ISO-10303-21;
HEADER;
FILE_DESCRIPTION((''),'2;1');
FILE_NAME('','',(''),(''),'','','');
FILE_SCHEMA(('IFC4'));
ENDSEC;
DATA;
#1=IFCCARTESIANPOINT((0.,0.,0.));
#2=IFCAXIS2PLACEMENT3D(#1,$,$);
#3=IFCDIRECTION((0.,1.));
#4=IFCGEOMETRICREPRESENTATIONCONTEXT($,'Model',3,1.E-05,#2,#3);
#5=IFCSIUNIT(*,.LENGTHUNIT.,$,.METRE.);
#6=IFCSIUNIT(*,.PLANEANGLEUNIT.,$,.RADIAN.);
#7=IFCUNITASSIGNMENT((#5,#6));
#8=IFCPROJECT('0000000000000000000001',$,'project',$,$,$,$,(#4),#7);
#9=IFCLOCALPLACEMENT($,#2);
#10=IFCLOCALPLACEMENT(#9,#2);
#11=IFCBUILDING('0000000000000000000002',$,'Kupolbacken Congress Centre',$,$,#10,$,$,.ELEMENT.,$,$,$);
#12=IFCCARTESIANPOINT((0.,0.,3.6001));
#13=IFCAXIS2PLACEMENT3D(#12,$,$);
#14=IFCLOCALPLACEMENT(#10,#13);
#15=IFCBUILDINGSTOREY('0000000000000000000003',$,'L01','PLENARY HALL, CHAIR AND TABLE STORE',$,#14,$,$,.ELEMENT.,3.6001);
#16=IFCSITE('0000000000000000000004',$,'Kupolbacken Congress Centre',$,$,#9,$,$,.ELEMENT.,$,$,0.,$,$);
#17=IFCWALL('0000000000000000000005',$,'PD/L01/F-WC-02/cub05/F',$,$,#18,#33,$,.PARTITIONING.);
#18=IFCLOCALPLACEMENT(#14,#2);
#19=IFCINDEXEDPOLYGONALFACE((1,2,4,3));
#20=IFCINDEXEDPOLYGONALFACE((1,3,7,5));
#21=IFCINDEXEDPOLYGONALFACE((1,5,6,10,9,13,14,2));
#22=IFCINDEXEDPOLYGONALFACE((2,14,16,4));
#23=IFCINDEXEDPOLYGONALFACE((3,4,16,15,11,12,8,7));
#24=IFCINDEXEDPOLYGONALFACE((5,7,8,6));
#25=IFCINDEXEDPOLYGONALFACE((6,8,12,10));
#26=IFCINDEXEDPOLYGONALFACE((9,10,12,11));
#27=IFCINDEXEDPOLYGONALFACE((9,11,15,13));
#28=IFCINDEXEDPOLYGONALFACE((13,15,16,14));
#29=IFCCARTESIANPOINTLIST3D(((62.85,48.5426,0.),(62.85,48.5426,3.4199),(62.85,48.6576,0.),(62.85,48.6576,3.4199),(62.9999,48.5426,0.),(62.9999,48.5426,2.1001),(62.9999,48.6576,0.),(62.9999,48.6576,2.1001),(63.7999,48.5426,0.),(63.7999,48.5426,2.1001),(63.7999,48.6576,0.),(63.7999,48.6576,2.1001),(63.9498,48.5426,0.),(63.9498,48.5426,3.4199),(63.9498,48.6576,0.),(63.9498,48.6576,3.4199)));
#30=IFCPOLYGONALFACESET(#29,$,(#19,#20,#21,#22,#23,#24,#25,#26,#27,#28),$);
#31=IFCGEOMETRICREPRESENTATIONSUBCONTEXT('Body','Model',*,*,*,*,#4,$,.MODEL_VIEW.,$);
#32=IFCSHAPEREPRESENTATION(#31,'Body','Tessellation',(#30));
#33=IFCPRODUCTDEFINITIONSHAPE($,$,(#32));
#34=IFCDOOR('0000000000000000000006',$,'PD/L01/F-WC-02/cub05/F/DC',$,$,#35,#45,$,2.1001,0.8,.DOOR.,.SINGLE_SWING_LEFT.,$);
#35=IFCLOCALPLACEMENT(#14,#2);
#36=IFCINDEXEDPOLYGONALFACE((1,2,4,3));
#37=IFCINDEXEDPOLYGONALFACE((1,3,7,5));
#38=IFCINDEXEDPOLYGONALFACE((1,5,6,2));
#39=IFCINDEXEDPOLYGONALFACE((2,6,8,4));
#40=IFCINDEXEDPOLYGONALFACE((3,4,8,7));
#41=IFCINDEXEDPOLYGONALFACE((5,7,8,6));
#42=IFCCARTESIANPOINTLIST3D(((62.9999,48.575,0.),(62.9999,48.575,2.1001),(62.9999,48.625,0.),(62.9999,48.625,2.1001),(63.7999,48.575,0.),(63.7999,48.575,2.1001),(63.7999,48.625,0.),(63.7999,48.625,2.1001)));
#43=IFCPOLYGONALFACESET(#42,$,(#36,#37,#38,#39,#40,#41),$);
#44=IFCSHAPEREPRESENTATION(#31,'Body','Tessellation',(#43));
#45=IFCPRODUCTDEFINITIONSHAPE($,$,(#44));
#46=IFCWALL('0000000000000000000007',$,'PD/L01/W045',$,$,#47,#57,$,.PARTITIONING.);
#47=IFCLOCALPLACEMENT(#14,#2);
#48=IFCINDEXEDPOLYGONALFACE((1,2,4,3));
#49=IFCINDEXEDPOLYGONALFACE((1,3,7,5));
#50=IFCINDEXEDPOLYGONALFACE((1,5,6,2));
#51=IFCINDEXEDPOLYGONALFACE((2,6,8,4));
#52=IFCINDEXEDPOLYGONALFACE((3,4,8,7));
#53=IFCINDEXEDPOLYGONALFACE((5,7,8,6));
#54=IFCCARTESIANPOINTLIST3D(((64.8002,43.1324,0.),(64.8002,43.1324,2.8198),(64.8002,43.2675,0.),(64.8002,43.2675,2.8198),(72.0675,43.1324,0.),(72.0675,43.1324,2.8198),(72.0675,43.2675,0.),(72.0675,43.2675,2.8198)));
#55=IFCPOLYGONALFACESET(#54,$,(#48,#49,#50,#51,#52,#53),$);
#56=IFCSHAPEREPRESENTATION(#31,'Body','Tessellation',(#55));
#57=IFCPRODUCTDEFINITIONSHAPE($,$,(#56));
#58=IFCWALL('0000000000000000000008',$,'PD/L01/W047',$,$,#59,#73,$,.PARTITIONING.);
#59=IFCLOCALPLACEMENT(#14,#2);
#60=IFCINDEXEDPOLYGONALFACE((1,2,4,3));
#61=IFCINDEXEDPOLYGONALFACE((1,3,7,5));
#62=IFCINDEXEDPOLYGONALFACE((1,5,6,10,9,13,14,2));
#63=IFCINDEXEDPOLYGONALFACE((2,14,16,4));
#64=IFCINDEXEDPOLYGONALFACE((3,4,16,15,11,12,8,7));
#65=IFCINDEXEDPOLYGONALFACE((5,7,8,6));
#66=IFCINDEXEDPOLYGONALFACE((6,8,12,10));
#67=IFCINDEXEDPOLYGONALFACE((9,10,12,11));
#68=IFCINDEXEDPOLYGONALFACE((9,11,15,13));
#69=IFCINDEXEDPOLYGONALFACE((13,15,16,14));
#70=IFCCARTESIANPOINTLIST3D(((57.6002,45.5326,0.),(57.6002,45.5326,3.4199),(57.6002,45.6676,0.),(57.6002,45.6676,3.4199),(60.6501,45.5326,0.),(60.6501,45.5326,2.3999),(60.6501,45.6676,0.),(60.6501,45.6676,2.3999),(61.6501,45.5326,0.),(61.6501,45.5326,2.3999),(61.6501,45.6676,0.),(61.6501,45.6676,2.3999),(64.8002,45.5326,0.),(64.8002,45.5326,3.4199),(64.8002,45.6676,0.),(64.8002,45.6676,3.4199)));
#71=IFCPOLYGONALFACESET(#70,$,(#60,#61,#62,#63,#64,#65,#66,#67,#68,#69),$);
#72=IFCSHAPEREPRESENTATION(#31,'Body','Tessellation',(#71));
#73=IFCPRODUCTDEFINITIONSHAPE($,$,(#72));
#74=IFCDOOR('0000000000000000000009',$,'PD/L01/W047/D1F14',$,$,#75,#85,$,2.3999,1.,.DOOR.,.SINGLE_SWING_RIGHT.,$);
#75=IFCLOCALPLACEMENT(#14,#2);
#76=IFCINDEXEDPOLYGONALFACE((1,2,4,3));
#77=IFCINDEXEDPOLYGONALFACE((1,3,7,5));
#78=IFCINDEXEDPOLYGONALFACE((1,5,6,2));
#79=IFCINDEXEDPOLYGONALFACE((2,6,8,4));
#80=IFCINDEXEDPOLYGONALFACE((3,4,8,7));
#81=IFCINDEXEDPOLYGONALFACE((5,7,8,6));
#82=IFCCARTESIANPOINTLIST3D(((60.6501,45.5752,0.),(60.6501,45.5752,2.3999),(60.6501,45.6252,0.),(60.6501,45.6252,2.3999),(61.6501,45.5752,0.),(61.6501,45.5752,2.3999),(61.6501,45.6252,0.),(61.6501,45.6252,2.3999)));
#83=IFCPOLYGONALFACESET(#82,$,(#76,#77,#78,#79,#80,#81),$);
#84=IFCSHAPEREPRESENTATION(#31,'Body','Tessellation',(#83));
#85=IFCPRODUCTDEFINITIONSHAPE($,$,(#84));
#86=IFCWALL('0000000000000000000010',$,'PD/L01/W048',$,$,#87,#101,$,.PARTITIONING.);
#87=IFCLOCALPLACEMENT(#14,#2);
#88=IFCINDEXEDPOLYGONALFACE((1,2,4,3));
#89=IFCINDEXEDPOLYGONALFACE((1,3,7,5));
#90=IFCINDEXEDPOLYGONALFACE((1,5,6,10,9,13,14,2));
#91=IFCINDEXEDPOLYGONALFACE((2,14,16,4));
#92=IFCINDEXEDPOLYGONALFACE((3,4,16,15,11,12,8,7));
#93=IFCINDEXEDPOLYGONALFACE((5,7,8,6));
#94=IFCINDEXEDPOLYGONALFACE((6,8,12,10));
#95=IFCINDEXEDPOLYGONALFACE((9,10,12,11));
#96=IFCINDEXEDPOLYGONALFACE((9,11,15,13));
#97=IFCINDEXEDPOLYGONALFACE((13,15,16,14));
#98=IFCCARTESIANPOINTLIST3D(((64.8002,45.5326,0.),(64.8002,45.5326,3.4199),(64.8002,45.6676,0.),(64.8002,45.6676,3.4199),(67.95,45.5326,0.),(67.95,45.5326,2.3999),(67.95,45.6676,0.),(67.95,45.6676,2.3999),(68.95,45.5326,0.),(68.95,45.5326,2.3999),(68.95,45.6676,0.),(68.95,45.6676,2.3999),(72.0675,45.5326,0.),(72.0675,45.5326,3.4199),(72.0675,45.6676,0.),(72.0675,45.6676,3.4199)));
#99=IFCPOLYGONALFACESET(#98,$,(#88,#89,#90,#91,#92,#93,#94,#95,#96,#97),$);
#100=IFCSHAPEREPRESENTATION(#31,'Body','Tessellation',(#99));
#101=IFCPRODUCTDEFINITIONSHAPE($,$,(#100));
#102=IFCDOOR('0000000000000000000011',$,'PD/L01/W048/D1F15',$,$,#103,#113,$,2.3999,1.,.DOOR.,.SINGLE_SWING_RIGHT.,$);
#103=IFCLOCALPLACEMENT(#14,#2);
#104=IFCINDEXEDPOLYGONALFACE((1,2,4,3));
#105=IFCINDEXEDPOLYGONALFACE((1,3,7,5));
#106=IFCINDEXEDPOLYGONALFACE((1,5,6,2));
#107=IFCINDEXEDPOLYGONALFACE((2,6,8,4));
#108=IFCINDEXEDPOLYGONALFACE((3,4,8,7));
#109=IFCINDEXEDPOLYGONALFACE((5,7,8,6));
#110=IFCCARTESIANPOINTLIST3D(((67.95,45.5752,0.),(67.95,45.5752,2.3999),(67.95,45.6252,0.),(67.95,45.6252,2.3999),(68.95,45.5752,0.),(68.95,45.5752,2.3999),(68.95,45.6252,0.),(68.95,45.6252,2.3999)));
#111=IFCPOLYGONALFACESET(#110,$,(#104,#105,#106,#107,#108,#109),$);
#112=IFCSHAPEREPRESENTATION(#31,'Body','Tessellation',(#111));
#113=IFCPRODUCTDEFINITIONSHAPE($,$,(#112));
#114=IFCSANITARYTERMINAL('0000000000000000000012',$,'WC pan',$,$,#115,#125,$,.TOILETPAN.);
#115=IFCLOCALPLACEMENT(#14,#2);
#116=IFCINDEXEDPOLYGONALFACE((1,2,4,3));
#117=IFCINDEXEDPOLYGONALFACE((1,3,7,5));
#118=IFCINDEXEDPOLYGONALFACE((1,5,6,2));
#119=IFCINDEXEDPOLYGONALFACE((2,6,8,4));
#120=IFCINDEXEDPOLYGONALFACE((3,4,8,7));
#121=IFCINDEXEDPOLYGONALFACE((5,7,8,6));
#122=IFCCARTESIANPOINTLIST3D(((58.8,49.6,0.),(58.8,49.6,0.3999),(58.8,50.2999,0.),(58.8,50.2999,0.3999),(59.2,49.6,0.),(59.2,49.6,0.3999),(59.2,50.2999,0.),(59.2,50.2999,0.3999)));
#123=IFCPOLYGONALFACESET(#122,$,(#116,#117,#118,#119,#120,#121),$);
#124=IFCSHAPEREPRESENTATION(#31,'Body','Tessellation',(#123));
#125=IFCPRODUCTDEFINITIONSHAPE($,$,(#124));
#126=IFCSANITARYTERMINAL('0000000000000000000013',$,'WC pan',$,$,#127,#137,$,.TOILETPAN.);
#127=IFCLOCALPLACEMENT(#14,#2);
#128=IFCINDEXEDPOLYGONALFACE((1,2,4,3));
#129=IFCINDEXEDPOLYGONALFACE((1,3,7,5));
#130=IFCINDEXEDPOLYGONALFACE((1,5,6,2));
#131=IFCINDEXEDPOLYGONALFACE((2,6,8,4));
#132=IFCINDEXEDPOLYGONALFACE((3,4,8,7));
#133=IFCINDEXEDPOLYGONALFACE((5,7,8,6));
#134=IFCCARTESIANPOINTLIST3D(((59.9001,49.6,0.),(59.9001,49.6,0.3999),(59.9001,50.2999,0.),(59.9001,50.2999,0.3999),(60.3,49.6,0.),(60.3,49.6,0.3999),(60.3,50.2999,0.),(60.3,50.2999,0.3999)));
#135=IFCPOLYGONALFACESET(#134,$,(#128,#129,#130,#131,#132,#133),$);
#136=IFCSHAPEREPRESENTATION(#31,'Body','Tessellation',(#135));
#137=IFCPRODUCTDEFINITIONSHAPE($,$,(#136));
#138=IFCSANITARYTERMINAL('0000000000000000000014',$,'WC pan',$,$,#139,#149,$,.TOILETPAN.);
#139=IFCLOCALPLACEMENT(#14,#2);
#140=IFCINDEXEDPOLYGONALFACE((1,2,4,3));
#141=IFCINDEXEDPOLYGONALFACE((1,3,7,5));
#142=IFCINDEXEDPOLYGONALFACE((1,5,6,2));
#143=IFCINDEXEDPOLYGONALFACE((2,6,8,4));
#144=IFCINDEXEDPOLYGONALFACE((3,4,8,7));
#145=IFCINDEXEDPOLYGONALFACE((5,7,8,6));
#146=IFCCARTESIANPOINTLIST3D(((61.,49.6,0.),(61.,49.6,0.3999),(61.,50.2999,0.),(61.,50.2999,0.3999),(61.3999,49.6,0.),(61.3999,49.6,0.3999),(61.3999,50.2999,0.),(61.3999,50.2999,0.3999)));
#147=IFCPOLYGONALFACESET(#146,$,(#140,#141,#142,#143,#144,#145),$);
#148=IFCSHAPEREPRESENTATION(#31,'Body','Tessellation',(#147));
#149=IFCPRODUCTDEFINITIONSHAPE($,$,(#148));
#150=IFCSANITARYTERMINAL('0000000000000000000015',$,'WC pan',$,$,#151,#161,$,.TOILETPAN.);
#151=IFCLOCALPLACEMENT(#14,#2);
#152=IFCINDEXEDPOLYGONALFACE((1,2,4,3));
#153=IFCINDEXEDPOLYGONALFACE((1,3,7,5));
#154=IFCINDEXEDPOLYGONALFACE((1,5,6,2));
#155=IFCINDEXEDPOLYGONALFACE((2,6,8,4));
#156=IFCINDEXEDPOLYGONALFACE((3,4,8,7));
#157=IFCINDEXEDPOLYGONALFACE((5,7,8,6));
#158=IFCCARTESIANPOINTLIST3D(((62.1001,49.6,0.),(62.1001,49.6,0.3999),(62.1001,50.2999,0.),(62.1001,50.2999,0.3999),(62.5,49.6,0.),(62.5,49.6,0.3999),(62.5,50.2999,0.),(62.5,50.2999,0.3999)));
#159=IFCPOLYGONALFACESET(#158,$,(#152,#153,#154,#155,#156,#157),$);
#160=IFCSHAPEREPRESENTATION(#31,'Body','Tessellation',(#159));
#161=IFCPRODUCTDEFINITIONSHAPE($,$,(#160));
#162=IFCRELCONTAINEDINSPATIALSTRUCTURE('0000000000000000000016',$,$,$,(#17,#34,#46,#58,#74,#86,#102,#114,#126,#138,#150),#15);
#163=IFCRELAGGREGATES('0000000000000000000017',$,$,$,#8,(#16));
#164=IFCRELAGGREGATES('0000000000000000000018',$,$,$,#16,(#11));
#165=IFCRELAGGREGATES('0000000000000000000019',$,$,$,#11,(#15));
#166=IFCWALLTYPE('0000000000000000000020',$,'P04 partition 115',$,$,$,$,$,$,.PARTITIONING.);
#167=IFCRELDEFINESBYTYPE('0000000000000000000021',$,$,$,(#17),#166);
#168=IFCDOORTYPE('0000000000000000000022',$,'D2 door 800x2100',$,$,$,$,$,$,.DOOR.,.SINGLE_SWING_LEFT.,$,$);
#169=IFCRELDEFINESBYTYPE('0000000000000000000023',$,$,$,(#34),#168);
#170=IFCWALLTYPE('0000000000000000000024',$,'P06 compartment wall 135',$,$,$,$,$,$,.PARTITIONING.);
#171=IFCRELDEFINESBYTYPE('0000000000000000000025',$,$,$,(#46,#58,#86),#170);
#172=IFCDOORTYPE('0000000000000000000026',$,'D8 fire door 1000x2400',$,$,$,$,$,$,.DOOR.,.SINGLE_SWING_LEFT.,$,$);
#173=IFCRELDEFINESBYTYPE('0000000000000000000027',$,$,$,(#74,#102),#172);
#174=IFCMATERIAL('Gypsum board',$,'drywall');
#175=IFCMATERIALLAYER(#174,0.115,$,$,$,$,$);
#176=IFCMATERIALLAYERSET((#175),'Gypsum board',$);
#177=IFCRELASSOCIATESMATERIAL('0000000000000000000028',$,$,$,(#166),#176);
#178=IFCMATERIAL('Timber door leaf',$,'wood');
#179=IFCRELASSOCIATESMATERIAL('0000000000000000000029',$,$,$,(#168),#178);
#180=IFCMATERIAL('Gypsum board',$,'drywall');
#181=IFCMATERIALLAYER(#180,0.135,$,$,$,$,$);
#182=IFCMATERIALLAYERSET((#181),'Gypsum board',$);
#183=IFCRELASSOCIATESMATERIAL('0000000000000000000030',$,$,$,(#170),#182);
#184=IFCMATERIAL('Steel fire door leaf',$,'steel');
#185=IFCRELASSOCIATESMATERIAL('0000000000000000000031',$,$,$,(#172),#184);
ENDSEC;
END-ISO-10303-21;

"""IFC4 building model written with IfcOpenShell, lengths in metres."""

from ifc_helpers import new_model, si_unit, direction, frame, frame_2d, origin, origin_2d, place, context, subcontext, project, spatial, rectangle, extrude, material, layer, layer_set, type_object, element, fill, save


model = new_model("IFC4")

# Units and contexts
model_context = context("Model", 3, precision=1e-05, world=origin(), true_north=direction((0.0, 1.0)))
body_context = subcontext(model_context, "Body", "Model", "MODEL_VIEW")
ifc_project = project(units=[si_unit("LENGTHUNIT", "METRE"), si_unit("PLANEANGLEUNIT", "RADIAN")], contexts=[model_context])

# Site, building, storey
site_placement = place(None, origin())
site = spatial("IfcSite", under=ifc_project, at=site_placement, Name="Kupolbacken Congress Centre", CompositionType="ELEMENT", RefElevation=0.0)
building_placement = place(site_placement, origin())
building = spatial("IfcBuilding", under=site, at=building_placement, Name="Kupolbacken Congress Centre", CompositionType="ELEMENT")
storey_placement = place(building_placement, frame((0.0, 0.0, 3.6001)))
storey = spatial("IfcBuildingStorey", under=building, at=storey_placement, Name="L01", Description="PLENARY HALL, CHAIR AND TABLE STORE", CompositionType="ELEMENT", Elevation=3.6001)

# Wall, opening, door
ifc_material_1 = material(Name="Gypsum board", Category="drywall")
ifc_layer_1 = layer(ifc_material_1, 0.115)
ifc_layer_set_1 = layer_set([ifc_layer_1], Name="Gypsum board")
wall_type_1 = type_object("IfcWallType", Name="P04 partition 115", PredefinedType="PARTITIONING", material=ifc_layer_set_1)
ifc_material_2 = material(Name="Timber door leaf", Category="wood")
door_type_1 = type_object("IfcDoorType", Name="D2 door 800x2100", OperationType="SINGLE_SWING_LEFT", PredefinedType="DOOR", material=ifc_material_2)
wall_1_placement = place(storey_placement, frame((62.8501, 48.6001, 0.0), z_axis=(0.0, 0.0, 1.0), x_axis=(1.0, 0.0, 0.0)))
wall_1 = element("IfcWall", 1, at=wall_1_placement, inside=storey, type_object=wall_type_1, Name="PD/L01/F-WC-02/cub05/F", PredefinedType="PARTITIONING", context=body_context, shape_type="SweptSolid", body=[
    extrude(rectangle(XDim=1.0999, YDim=0.115, at=frame_2d((0.5498, 0.0))), origin(), (0.0, 0.0, 1.0), 3.4199),
])
opening_1_placement = place(wall_1_placement, frame((0.1499, 0.0, 0.0)))
opening_1 = element("IfcOpeningElement", 2, at=opening_1_placement, cuts=wall_1, PredefinedType="OPENING", context=body_context, shape_type="SweptSolid", body=[
    extrude(rectangle(XDim=0.8, YDim=2.1001, at=frame_2d((0.3999, 1.05))), frame((0.0, 0.0674, 0.0), z_axis=(0.0, -1.0, 0.0), x_axis=(1.0, 0.0, 0.0)), (0.0, 0.0, 1.0), 0.135),
])
door_1_placement = place(opening_1_placement, origin())
door_1 = element("IfcDoor", 3, at=door_1_placement, inside=storey, type_object=door_type_1, Name="PD/L01/F-WC-02/cub05/F/DC", OperationType="SINGLE_SWING_LEFT", OverallHeight=2.1001, OverallWidth=0.8, PredefinedType="DOOR", context=body_context, shape_type="SweptSolid", body=[
    extrude(rectangle(XDim=0.8, YDim=2.1001, at=frame_2d((0.3999, 1.05))), frame((0.0, 0.0249, 0.0), z_axis=(0.0, -1.0, 0.0), x_axis=(1.0, 0.0, 0.0)), (0.0, 0.0, 1.0), 0.05),
])
fill(opening_1, door_1)

# Wall
ifc_material_3 = material(Name="Gypsum board", Category="drywall")
ifc_layer_2 = layer(ifc_material_3, 0.135)
ifc_layer_set_2 = layer_set([ifc_layer_2], Name="Gypsum board")
wall_type_2 = type_object("IfcWallType", Name="P06 compartment wall 135", PredefinedType="PARTITIONING", material=ifc_layer_set_2)
wall_2_placement = place(storey_placement, frame((64.8, 43.2, 0.0), z_axis=(0.0, 0.0, 1.0), x_axis=(1.0, 0.0, 0.0)))
element("IfcWall", 4, at=wall_2_placement, inside=storey, type_object=wall_type_2, Name="PD/L01/W045", PredefinedType="PARTITIONING", context=body_context, shape_type="SweptSolid", body=[
    extrude(rectangle(XDim=7.2673, YDim=0.135, at=frame_2d((3.6338, 0.0))), origin(), (0.0, 0.0, 1.0), 2.8198),
])

# Walls, openings, doors
wall_3_placement = place(storey_placement, frame((57.6001, 45.6001, 0.0), z_axis=(0.0, 0.0, 1.0), x_axis=(1.0, 0.0, 0.0)))
wall_3 = element("IfcWall", 5, at=wall_3_placement, inside=storey, type_object=wall_type_2, Name="PD/L01/W047", PredefinedType="PARTITIONING", context=body_context, shape_type="SweptSolid", body=[
    extrude(rectangle(XDim=7.2, YDim=0.135, at=frame_2d((3.6001, 0.0))), origin(), (0.0, 0.0, 1.0), 3.4199),
])
opening_2_placement = place(wall_3_placement, frame((3.05, 0.0, 0.0)))
opening_2 = element("IfcOpeningElement", 6, at=opening_2_placement, cuts=wall_3, PredefinedType="OPENING", context=body_context, shape_type="SweptSolid", body=[
    extrude(rectangle(XDim=1.0, YDim=2.3999, at=frame_2d((0.5, 1.2))), frame((0.0, 0.0774, 0.0), z_axis=(0.0, -1.0, 0.0), x_axis=(1.0, 0.0, 0.0)), (0.0, 0.0, 1.0), 0.155),
])
ifc_material_4 = material(Name="Steel fire door leaf", Category="steel")
door_type_2 = type_object("IfcDoorType", Name="D8 fire door 1000x2400", OperationType="SINGLE_SWING_LEFT", PredefinedType="DOOR", material=ifc_material_4)
door_2_placement = place(opening_2_placement, frame((1.0, 0.0, 0.0), z_axis=(0.0, 0.0, 1.0), x_axis=(-1.0, 0.0, 0.0)))
door_2 = element("IfcDoor", 7, at=door_2_placement, inside=storey, type_object=door_type_2, Name="PD/L01/W047/D1F14", OperationType="SINGLE_SWING_RIGHT", OverallHeight=2.3999, OverallWidth=1.0, PredefinedType="DOOR", context=body_context, shape_type="SweptSolid", body=[
    extrude(rectangle(XDim=1.0, YDim=2.3999, at=frame_2d((0.5, 1.2))), frame((0.0, 0.0249, 0.0), z_axis=(0.0, -1.0, 0.0), x_axis=(1.0, 0.0, 0.0)), (0.0, 0.0, 1.0), 0.05),
])
fill(opening_2, door_2)
wall_4_placement = place(storey_placement, frame((64.8, 45.6001, 0.0), z_axis=(0.0, 0.0, 1.0), x_axis=(1.0, 0.0, 0.0)))
wall_4 = element("IfcWall", 8, at=wall_4_placement, inside=storey, type_object=wall_type_2, Name="PD/L01/W048", PredefinedType="PARTITIONING", context=body_context, shape_type="SweptSolid", body=[
    extrude(rectangle(XDim=7.2673, YDim=0.135, at=frame_2d((3.6338, 0.0))), origin(), (0.0, 0.0, 1.0), 3.4199),
])
opening_3_placement = place(wall_4_placement, frame((3.1499, 0.0, 0.0)))
opening_3 = element("IfcOpeningElement", 9, at=opening_3_placement, cuts=wall_4, PredefinedType="OPENING", context=body_context, shape_type="SweptSolid", body=[
    extrude(rectangle(XDim=1.0, YDim=2.3999, at=frame_2d((0.5, 1.2))), frame((0.0, 0.0774, 0.0), z_axis=(0.0, -1.0, 0.0), x_axis=(1.0, 0.0, 0.0)), (0.0, 0.0, 1.0), 0.155),
])
door_3_placement = place(opening_3_placement, frame((1.0, 0.0, 0.0), z_axis=(0.0, 0.0, 1.0), x_axis=(-1.0, 0.0, 0.0)))
door_3 = element("IfcDoor", 10, at=door_3_placement, inside=storey, type_object=door_type_2, Name="PD/L01/W048/D1F15", OperationType="SINGLE_SWING_RIGHT", OverallHeight=2.3999, OverallWidth=1.0, PredefinedType="DOOR", context=body_context, shape_type="SweptSolid", body=[
    extrude(rectangle(XDim=1.0, YDim=2.3999, at=frame_2d((0.5, 1.2))), frame((0.0, 0.0249, 0.0), z_axis=(0.0, -1.0, 0.0), x_axis=(1.0, 0.0, 0.0)), (0.0, 0.0, 1.0), 0.05),
])
fill(opening_3, door_3)

# Sanitary terminals
for number, where, z_axis, x_axis, name in (
    (11, (59.0, 49.95, 0.0), (0.0, 0.0, 1.0), (1.0, 0.0, 0.0), "WC pan"),
    (12, (60.1001, 49.95, 0.0), (0.0, 0.0, 1.0), (1.0, 0.0, 0.0), "WC pan"),
    (13, (61.2, 49.95, 0.0), (0.0, 0.0, 1.0), (1.0, 0.0, 0.0), "WC pan"),
    (14, (62.3, 49.95, 0.0), (0.0, 0.0, 1.0), (1.0, 0.0, 0.0), "WC pan"),
):
    element("IfcSanitaryTerminal", number, at=place(storey_placement, frame(where, z_axis=z_axis, x_axis=x_axis)), inside=storey, Name=name, PredefinedType="TOILETPAN", context=body_context, shape_type="SweptSolid", body=[
        extrude(rectangle(XDim=0.3999, YDim=0.7, at=origin_2d()), origin(), (0.0, 0.0, 1.0), 0.3999),
    ])

save(model, "model.ifc")
